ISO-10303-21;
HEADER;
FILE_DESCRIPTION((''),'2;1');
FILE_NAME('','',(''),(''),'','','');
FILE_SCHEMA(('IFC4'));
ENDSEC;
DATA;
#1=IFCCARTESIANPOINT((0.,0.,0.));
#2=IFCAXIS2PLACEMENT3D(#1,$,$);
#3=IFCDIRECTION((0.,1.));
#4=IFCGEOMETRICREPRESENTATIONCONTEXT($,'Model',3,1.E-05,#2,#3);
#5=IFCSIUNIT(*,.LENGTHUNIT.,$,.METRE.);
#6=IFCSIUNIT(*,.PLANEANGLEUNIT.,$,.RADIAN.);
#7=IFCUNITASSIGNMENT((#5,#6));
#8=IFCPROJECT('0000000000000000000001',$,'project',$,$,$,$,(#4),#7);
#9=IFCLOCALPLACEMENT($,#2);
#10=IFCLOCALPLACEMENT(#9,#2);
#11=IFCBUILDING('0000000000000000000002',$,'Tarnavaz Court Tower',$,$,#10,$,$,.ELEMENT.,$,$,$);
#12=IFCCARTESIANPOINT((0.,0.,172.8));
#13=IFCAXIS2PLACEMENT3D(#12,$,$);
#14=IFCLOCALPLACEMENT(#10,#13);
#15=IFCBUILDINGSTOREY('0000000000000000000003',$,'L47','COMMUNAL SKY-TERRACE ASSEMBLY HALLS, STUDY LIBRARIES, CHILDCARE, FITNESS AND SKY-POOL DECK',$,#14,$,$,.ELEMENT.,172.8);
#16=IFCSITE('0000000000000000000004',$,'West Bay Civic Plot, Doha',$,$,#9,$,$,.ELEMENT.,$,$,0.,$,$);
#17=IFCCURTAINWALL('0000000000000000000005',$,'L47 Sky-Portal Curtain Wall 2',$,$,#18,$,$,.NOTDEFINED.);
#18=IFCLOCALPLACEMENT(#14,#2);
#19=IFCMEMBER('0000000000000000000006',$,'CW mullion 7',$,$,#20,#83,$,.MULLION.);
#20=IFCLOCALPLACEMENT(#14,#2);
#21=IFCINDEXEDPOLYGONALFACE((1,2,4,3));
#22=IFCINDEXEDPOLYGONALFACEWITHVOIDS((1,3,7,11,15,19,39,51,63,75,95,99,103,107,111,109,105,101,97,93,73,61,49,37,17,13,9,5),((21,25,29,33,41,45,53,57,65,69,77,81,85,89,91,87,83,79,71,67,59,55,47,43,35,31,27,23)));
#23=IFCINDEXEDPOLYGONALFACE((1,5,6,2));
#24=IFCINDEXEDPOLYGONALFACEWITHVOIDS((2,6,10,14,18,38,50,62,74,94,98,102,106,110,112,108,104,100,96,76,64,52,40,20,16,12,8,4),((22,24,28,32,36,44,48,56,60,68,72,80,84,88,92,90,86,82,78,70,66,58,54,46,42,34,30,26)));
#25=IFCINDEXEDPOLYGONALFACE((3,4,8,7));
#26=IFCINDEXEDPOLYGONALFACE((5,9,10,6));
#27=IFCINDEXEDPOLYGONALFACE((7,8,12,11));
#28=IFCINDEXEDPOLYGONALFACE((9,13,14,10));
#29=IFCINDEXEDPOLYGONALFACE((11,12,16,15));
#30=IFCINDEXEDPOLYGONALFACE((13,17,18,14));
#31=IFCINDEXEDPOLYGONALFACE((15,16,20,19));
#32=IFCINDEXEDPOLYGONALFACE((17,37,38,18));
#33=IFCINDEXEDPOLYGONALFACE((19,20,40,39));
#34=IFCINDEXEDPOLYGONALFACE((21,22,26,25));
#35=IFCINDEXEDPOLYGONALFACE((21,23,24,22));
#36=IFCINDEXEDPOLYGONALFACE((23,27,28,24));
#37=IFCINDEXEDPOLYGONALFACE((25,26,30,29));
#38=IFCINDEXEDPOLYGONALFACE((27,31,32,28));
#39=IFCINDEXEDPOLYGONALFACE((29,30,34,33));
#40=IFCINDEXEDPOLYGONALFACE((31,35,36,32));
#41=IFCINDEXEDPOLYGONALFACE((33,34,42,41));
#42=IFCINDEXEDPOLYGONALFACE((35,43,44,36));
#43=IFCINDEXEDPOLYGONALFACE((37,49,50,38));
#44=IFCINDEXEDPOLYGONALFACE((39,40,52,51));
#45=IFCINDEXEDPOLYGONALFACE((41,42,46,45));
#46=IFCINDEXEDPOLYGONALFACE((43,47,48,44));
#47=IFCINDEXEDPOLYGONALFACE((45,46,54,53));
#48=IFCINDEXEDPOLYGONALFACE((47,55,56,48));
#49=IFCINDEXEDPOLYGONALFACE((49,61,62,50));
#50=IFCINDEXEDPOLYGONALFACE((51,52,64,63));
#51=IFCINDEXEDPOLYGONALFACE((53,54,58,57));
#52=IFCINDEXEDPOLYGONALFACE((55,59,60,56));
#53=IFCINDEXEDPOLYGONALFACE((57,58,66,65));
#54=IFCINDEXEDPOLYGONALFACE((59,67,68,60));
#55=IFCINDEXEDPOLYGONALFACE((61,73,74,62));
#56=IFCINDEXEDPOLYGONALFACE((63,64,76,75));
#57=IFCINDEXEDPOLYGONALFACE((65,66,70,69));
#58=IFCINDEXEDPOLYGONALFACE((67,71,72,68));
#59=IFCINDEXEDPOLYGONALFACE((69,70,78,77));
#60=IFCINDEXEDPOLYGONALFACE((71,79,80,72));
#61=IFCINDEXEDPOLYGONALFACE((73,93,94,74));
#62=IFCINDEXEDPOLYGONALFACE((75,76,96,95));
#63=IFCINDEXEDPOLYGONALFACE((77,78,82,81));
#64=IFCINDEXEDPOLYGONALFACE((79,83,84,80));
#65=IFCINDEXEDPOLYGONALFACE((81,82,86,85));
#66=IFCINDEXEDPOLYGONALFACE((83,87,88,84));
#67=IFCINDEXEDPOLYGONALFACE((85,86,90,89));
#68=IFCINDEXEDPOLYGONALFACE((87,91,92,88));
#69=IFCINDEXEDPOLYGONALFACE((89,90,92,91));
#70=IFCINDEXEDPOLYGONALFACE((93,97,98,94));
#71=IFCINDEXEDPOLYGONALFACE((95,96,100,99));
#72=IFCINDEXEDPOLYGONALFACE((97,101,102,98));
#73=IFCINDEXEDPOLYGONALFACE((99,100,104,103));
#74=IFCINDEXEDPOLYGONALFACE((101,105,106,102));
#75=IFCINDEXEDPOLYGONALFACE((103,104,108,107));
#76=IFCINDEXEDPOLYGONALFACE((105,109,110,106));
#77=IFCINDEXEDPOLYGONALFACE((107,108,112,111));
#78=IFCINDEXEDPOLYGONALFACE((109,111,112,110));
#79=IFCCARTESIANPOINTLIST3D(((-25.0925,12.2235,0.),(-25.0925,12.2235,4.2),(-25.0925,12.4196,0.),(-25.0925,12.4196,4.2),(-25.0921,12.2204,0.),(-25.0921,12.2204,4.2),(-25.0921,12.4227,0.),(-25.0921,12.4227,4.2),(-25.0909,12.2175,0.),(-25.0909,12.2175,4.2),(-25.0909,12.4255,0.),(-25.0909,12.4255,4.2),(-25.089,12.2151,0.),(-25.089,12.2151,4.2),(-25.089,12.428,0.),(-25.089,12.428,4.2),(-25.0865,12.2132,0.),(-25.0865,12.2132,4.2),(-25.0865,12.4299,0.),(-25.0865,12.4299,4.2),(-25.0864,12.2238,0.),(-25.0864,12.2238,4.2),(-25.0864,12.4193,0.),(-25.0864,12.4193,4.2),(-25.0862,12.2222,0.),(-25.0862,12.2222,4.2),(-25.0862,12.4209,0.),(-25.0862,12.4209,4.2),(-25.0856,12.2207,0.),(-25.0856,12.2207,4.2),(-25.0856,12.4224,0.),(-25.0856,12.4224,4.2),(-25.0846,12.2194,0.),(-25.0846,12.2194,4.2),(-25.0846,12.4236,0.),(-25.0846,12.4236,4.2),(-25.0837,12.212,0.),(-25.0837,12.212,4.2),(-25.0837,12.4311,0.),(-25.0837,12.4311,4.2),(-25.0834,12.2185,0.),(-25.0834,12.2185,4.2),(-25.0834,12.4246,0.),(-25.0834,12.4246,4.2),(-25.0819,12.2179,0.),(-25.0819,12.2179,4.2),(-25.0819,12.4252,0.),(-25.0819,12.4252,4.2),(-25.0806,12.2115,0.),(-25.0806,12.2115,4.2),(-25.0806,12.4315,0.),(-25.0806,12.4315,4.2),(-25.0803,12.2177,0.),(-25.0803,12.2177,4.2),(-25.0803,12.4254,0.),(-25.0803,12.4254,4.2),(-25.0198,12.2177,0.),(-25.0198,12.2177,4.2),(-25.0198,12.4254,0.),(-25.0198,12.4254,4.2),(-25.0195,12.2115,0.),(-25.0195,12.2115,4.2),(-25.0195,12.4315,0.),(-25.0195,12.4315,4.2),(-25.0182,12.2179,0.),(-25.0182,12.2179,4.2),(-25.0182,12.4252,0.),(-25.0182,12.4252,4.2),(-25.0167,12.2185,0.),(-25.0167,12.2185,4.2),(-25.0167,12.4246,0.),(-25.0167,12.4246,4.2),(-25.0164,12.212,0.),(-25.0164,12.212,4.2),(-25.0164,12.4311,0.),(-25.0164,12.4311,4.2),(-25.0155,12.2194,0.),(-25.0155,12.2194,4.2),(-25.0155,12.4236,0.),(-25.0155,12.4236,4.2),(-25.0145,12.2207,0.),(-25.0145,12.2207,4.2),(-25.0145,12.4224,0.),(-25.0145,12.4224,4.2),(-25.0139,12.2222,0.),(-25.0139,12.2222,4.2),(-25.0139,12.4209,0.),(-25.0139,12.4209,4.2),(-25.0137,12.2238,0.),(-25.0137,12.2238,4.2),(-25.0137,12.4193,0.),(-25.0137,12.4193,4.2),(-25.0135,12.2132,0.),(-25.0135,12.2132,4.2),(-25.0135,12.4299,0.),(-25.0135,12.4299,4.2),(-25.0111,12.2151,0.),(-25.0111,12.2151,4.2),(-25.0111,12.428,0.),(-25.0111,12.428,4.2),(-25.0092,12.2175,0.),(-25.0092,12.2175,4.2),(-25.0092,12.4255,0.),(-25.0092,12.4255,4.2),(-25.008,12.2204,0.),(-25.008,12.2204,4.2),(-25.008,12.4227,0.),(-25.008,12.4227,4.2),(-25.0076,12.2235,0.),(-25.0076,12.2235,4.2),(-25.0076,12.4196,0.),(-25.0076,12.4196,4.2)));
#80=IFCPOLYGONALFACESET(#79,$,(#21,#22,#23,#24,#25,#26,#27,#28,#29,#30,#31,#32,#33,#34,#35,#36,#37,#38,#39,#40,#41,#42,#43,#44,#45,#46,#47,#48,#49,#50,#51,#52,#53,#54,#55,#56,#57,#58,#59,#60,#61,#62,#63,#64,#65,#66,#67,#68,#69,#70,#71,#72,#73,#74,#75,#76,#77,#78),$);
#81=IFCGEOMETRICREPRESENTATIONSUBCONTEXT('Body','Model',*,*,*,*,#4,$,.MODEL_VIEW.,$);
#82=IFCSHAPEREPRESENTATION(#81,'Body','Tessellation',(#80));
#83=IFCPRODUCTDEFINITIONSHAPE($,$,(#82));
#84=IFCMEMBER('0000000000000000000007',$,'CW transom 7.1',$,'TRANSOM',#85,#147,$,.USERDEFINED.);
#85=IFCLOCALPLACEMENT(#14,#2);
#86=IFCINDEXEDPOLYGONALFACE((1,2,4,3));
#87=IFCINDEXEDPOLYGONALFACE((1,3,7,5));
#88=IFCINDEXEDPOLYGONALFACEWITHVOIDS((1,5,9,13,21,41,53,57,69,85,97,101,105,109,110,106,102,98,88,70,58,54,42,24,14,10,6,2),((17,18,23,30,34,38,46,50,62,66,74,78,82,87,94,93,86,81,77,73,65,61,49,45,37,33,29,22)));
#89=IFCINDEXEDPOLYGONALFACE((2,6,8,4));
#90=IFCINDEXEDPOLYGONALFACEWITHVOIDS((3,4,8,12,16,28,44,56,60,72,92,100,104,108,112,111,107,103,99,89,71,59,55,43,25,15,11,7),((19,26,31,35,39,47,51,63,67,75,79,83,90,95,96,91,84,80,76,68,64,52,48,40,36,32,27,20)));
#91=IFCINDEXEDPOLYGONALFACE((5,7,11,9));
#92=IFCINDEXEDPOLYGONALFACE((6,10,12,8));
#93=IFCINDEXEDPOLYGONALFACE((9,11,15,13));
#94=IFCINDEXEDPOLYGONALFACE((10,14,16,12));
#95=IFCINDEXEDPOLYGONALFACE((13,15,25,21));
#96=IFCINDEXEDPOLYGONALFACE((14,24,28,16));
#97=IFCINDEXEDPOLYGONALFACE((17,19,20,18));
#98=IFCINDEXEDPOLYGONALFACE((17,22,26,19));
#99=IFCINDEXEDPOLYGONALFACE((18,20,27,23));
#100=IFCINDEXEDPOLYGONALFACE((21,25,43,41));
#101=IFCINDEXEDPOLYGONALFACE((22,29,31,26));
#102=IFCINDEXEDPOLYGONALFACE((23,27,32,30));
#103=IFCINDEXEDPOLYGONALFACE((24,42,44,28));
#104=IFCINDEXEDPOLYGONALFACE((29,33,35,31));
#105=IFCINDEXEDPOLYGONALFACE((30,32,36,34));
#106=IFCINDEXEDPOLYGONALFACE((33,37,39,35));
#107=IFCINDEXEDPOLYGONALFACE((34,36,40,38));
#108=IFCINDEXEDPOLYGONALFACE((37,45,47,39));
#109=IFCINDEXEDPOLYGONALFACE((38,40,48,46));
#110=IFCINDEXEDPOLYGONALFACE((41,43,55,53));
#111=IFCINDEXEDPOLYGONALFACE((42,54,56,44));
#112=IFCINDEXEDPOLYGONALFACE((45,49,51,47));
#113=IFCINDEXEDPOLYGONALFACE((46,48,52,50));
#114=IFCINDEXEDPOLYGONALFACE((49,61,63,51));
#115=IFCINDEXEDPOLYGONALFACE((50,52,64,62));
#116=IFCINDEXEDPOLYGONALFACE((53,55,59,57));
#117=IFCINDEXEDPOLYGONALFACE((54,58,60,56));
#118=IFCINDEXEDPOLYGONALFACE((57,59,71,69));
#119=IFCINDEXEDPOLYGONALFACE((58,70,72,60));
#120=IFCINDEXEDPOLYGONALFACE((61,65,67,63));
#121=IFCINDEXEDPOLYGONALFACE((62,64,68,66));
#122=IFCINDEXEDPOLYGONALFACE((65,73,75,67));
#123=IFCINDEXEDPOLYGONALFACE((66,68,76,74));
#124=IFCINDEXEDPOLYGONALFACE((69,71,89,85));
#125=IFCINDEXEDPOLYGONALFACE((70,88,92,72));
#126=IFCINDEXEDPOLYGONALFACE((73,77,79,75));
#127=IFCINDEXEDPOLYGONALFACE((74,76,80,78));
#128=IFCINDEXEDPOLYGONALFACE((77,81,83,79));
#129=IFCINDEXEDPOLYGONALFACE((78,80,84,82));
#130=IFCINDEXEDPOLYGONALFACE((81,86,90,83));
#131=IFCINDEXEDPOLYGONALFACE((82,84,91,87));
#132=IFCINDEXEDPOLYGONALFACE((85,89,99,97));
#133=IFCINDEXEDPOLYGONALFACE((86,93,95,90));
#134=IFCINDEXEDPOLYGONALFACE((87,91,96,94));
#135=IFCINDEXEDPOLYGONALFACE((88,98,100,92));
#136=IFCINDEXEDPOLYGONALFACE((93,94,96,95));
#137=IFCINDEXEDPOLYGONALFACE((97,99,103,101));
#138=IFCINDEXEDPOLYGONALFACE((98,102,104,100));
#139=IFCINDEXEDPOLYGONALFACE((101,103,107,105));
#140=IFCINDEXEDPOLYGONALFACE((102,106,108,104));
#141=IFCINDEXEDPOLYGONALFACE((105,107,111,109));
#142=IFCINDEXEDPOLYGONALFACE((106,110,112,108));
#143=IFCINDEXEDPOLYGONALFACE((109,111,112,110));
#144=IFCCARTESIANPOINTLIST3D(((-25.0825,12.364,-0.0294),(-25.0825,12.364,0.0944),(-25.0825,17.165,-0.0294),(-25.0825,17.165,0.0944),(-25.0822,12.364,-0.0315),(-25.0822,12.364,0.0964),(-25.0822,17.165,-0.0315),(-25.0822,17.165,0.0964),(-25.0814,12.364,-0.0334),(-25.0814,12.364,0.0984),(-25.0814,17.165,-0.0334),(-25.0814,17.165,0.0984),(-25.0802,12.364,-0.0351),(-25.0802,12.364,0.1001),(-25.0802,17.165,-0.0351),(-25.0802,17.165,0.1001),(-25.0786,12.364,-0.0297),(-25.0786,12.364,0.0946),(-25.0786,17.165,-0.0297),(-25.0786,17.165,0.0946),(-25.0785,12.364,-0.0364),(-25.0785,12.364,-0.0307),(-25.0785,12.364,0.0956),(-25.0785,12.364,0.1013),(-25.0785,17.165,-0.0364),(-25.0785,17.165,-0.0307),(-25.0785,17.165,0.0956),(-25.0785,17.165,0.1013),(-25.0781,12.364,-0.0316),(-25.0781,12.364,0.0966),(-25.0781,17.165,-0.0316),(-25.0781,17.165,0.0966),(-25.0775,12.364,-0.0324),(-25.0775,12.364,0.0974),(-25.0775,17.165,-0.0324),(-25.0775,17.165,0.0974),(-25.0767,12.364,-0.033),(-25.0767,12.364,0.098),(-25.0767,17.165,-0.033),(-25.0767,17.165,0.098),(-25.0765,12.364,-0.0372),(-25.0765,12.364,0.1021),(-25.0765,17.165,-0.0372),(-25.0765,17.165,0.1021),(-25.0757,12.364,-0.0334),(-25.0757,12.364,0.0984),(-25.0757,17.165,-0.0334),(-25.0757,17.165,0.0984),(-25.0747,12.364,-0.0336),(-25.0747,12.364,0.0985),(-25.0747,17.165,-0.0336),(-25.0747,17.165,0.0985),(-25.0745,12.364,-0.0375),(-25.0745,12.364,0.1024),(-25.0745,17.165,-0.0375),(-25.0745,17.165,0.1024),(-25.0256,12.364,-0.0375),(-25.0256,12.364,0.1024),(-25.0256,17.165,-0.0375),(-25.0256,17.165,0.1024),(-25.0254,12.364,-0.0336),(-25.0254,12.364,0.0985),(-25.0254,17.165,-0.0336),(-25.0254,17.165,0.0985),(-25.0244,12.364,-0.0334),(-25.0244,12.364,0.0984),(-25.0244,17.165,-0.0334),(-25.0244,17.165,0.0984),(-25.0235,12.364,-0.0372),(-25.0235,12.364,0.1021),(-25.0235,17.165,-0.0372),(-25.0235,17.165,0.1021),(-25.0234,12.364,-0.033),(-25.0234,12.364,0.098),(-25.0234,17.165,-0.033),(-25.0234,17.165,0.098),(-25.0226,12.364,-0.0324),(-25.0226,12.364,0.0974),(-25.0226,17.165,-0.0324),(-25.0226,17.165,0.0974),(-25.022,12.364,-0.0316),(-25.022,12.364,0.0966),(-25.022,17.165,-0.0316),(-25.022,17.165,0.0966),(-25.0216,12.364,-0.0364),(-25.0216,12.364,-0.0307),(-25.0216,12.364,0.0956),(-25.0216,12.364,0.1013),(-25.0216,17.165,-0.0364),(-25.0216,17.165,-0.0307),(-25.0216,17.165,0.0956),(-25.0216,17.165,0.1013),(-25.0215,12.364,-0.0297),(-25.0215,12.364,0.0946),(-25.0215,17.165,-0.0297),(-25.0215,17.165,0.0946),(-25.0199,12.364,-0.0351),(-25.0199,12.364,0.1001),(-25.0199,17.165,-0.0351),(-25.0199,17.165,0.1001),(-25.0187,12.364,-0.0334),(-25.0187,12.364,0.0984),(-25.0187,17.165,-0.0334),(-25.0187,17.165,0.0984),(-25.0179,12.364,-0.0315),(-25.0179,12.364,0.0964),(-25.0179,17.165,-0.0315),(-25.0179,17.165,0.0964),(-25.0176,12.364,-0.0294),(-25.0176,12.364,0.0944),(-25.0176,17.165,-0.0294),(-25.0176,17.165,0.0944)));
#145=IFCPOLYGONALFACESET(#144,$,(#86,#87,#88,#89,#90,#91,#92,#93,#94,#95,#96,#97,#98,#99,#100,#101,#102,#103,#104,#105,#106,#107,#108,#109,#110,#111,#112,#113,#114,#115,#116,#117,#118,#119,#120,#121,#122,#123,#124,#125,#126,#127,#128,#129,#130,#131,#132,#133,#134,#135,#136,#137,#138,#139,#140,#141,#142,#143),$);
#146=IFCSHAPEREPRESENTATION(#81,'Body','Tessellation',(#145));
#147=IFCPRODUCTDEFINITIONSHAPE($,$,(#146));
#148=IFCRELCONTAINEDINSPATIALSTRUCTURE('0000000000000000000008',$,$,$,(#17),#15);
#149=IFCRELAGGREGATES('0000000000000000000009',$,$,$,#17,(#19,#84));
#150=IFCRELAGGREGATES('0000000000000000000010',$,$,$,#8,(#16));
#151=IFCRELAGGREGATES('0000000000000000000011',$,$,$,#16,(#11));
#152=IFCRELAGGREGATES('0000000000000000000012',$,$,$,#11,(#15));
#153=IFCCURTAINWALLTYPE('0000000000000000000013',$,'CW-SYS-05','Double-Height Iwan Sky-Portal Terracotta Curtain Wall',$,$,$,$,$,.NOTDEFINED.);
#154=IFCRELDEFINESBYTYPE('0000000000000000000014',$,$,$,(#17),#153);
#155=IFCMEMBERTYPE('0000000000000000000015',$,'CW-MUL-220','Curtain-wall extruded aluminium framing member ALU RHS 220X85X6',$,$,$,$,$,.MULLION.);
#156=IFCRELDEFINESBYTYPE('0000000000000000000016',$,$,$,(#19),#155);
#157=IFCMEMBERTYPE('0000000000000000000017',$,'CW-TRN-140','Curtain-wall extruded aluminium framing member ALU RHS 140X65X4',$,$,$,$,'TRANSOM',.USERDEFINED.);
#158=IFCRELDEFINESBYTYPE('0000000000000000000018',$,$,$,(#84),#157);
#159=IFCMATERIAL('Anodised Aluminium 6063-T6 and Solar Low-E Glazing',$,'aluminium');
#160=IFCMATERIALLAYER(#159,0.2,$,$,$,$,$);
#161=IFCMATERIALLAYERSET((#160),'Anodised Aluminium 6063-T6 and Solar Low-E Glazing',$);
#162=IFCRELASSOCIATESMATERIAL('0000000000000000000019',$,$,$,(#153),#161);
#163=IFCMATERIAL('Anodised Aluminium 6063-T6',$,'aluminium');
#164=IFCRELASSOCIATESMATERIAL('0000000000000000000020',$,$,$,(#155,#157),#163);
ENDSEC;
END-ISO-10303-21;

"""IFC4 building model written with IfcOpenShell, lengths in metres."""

from ifc_helpers import new_model, si_unit, direction, frame, origin, origin_2d, place, context, subcontext, project, spatial, hollow_rectangle, extrude, material, layer, layer_set, material_profile, profile_set, type_object, element, aggregate, save


model = new_model("IFC4")

# Units and contexts
model_context = context("Model", 3, precision=1e-05, world=origin(), true_north=direction((0.0, 1.0)))
body_context = subcontext(model_context, "Body", "Model", "MODEL_VIEW")
ifc_project = project(units=[si_unit("LENGTHUNIT", "METRE"), si_unit("PLANEANGLEUNIT", "RADIAN")], contexts=[model_context])

# Site, building, storey
site_placement = place(None, origin())
site = spatial("IfcSite", under=ifc_project, at=site_placement, Name="West Bay Civic Plot, Doha", CompositionType="ELEMENT", RefElevation=0.0)
building_placement = place(site_placement, origin())
building = spatial("IfcBuilding", under=site, at=building_placement, Name="Tarnavaz Court Tower", CompositionType="ELEMENT")
storey_placement = place(building_placement, frame((0.0, 0.0, 172.8)))
storey = spatial("IfcBuildingStorey", under=building, at=storey_placement, Name="L47", Description="COMMUNAL SKY-TERRACE ASSEMBLY HALLS, STUDY LIBRARIES, CHILDCARE, FITNESS AND SKY-POOL DECK", CompositionType="ELEMENT", Elevation=172.8)

# Curtain wall, members
ifc_material_1 = material(Name="Anodised Aluminium 6063-T6 and Solar Low-E Glazing", Category="aluminium")
ifc_layer_1 = layer(ifc_material_1, 0.2)
ifc_layer_set_1 = layer_set([ifc_layer_1], Name="Anodised Aluminium 6063-T6 and Solar Low-E Glazing")
curtain_wall_type = type_object("IfcCurtainWallType", Name="CW-SYS-05", Description="Double-Height Iwan Sky-Portal Terracotta Curtain Wall", PredefinedType="NOTDEFINED", material=ifc_layer_set_1)
curtain_wall_placement = place(storey_placement, origin())
curtain_wall = element("IfcCurtainWall", 1, at=curtain_wall_placement, inside=storey, type_object=curtain_wall_type, Name="L47 Sky-Portal Curtain Wall 2", PredefinedType="NOTDEFINED")
ifc_material_2 = material(Name="Anodised Aluminium 6063-T6", Category="aluminium")
ifc_material_profile_1 = material_profile(ifc_material_2, hollow_rectangle(XDim=0.085, YDim=0.22, WallThickness=0.0061, InnerFilletRadius=0.0061, OuterFilletRadius=0.012, at=origin_2d()), Name="ALU RHS 220X85X6")
ifc_profile_set_1 = profile_set([ifc_material_profile_1], Name="Anodised Aluminium 6063-T6")
member_type_1 = type_object("IfcMemberType", Name="CW-MUL-220", Description="Curtain-wall extruded aluminium framing member ALU RHS 220X85X6", PredefinedType="MULLION", material=ifc_profile_set_1)
member_1_placement = place(storey_placement, frame((-25.05, 12.3215, 0.0), z_axis=(0.0, 0.0, 1.0), x_axis=(-1.0, 0.0, 0.0)))
member_1 = element("IfcMember", 2, at=member_1_placement, type_object=member_type_1, Name="CW mullion 7", PredefinedType="MULLION", context=body_context, shape_type="SweptSolid", body=[
    extrude(hollow_rectangle(XDim=0.085, YDim=0.22, WallThickness=0.0061, InnerFilletRadius=0.0061, OuterFilletRadius=0.012, at=origin_2d()), origin(), (0.0, 0.0, 1.0), 4.2),
])
ifc_material_profile_2 = material_profile(ifc_material_2, hollow_rectangle(XDim=0.0649, YDim=0.1399, WallThickness=0.0039, InnerFilletRadius=0.0039, OuterFilletRadius=0.0081, at=origin_2d()), Name="ALU RHS 140X65X4")
ifc_profile_set_2 = profile_set([ifc_material_profile_2], Name="Anodised Aluminium 6063-T6")
member_type_2 = type_object("IfcMemberType", Name="CW-TRN-140", Description="Curtain-wall extruded aluminium framing member ALU RHS 140X65X4", ElementType="TRANSOM", PredefinedType="USERDEFINED", material=ifc_profile_set_2)
member_2_placement = place(storey_placement, frame((-25.05, 12.364, 0.0325), z_axis=(0.0, 1.0, 0.0), x_axis=(-1.0, 0.0, 0.0)))
member_2 = element("IfcMember", 3, at=member_2_placement, type_object=member_type_2, Name="CW transom 7.1", ObjectType="TRANSOM", PredefinedType="USERDEFINED", context=body_context, shape_type="SweptSolid", body=[
    extrude(hollow_rectangle(XDim=0.0649, YDim=0.1399, WallThickness=0.0039, InnerFilletRadius=0.0039, OuterFilletRadius=0.0081, at=origin_2d()), origin(), (0.0, 0.0, 1.0), 4.801),
])
aggregate(curtain_wall, [member_1, member_2])

save(model, "model.ifc")
